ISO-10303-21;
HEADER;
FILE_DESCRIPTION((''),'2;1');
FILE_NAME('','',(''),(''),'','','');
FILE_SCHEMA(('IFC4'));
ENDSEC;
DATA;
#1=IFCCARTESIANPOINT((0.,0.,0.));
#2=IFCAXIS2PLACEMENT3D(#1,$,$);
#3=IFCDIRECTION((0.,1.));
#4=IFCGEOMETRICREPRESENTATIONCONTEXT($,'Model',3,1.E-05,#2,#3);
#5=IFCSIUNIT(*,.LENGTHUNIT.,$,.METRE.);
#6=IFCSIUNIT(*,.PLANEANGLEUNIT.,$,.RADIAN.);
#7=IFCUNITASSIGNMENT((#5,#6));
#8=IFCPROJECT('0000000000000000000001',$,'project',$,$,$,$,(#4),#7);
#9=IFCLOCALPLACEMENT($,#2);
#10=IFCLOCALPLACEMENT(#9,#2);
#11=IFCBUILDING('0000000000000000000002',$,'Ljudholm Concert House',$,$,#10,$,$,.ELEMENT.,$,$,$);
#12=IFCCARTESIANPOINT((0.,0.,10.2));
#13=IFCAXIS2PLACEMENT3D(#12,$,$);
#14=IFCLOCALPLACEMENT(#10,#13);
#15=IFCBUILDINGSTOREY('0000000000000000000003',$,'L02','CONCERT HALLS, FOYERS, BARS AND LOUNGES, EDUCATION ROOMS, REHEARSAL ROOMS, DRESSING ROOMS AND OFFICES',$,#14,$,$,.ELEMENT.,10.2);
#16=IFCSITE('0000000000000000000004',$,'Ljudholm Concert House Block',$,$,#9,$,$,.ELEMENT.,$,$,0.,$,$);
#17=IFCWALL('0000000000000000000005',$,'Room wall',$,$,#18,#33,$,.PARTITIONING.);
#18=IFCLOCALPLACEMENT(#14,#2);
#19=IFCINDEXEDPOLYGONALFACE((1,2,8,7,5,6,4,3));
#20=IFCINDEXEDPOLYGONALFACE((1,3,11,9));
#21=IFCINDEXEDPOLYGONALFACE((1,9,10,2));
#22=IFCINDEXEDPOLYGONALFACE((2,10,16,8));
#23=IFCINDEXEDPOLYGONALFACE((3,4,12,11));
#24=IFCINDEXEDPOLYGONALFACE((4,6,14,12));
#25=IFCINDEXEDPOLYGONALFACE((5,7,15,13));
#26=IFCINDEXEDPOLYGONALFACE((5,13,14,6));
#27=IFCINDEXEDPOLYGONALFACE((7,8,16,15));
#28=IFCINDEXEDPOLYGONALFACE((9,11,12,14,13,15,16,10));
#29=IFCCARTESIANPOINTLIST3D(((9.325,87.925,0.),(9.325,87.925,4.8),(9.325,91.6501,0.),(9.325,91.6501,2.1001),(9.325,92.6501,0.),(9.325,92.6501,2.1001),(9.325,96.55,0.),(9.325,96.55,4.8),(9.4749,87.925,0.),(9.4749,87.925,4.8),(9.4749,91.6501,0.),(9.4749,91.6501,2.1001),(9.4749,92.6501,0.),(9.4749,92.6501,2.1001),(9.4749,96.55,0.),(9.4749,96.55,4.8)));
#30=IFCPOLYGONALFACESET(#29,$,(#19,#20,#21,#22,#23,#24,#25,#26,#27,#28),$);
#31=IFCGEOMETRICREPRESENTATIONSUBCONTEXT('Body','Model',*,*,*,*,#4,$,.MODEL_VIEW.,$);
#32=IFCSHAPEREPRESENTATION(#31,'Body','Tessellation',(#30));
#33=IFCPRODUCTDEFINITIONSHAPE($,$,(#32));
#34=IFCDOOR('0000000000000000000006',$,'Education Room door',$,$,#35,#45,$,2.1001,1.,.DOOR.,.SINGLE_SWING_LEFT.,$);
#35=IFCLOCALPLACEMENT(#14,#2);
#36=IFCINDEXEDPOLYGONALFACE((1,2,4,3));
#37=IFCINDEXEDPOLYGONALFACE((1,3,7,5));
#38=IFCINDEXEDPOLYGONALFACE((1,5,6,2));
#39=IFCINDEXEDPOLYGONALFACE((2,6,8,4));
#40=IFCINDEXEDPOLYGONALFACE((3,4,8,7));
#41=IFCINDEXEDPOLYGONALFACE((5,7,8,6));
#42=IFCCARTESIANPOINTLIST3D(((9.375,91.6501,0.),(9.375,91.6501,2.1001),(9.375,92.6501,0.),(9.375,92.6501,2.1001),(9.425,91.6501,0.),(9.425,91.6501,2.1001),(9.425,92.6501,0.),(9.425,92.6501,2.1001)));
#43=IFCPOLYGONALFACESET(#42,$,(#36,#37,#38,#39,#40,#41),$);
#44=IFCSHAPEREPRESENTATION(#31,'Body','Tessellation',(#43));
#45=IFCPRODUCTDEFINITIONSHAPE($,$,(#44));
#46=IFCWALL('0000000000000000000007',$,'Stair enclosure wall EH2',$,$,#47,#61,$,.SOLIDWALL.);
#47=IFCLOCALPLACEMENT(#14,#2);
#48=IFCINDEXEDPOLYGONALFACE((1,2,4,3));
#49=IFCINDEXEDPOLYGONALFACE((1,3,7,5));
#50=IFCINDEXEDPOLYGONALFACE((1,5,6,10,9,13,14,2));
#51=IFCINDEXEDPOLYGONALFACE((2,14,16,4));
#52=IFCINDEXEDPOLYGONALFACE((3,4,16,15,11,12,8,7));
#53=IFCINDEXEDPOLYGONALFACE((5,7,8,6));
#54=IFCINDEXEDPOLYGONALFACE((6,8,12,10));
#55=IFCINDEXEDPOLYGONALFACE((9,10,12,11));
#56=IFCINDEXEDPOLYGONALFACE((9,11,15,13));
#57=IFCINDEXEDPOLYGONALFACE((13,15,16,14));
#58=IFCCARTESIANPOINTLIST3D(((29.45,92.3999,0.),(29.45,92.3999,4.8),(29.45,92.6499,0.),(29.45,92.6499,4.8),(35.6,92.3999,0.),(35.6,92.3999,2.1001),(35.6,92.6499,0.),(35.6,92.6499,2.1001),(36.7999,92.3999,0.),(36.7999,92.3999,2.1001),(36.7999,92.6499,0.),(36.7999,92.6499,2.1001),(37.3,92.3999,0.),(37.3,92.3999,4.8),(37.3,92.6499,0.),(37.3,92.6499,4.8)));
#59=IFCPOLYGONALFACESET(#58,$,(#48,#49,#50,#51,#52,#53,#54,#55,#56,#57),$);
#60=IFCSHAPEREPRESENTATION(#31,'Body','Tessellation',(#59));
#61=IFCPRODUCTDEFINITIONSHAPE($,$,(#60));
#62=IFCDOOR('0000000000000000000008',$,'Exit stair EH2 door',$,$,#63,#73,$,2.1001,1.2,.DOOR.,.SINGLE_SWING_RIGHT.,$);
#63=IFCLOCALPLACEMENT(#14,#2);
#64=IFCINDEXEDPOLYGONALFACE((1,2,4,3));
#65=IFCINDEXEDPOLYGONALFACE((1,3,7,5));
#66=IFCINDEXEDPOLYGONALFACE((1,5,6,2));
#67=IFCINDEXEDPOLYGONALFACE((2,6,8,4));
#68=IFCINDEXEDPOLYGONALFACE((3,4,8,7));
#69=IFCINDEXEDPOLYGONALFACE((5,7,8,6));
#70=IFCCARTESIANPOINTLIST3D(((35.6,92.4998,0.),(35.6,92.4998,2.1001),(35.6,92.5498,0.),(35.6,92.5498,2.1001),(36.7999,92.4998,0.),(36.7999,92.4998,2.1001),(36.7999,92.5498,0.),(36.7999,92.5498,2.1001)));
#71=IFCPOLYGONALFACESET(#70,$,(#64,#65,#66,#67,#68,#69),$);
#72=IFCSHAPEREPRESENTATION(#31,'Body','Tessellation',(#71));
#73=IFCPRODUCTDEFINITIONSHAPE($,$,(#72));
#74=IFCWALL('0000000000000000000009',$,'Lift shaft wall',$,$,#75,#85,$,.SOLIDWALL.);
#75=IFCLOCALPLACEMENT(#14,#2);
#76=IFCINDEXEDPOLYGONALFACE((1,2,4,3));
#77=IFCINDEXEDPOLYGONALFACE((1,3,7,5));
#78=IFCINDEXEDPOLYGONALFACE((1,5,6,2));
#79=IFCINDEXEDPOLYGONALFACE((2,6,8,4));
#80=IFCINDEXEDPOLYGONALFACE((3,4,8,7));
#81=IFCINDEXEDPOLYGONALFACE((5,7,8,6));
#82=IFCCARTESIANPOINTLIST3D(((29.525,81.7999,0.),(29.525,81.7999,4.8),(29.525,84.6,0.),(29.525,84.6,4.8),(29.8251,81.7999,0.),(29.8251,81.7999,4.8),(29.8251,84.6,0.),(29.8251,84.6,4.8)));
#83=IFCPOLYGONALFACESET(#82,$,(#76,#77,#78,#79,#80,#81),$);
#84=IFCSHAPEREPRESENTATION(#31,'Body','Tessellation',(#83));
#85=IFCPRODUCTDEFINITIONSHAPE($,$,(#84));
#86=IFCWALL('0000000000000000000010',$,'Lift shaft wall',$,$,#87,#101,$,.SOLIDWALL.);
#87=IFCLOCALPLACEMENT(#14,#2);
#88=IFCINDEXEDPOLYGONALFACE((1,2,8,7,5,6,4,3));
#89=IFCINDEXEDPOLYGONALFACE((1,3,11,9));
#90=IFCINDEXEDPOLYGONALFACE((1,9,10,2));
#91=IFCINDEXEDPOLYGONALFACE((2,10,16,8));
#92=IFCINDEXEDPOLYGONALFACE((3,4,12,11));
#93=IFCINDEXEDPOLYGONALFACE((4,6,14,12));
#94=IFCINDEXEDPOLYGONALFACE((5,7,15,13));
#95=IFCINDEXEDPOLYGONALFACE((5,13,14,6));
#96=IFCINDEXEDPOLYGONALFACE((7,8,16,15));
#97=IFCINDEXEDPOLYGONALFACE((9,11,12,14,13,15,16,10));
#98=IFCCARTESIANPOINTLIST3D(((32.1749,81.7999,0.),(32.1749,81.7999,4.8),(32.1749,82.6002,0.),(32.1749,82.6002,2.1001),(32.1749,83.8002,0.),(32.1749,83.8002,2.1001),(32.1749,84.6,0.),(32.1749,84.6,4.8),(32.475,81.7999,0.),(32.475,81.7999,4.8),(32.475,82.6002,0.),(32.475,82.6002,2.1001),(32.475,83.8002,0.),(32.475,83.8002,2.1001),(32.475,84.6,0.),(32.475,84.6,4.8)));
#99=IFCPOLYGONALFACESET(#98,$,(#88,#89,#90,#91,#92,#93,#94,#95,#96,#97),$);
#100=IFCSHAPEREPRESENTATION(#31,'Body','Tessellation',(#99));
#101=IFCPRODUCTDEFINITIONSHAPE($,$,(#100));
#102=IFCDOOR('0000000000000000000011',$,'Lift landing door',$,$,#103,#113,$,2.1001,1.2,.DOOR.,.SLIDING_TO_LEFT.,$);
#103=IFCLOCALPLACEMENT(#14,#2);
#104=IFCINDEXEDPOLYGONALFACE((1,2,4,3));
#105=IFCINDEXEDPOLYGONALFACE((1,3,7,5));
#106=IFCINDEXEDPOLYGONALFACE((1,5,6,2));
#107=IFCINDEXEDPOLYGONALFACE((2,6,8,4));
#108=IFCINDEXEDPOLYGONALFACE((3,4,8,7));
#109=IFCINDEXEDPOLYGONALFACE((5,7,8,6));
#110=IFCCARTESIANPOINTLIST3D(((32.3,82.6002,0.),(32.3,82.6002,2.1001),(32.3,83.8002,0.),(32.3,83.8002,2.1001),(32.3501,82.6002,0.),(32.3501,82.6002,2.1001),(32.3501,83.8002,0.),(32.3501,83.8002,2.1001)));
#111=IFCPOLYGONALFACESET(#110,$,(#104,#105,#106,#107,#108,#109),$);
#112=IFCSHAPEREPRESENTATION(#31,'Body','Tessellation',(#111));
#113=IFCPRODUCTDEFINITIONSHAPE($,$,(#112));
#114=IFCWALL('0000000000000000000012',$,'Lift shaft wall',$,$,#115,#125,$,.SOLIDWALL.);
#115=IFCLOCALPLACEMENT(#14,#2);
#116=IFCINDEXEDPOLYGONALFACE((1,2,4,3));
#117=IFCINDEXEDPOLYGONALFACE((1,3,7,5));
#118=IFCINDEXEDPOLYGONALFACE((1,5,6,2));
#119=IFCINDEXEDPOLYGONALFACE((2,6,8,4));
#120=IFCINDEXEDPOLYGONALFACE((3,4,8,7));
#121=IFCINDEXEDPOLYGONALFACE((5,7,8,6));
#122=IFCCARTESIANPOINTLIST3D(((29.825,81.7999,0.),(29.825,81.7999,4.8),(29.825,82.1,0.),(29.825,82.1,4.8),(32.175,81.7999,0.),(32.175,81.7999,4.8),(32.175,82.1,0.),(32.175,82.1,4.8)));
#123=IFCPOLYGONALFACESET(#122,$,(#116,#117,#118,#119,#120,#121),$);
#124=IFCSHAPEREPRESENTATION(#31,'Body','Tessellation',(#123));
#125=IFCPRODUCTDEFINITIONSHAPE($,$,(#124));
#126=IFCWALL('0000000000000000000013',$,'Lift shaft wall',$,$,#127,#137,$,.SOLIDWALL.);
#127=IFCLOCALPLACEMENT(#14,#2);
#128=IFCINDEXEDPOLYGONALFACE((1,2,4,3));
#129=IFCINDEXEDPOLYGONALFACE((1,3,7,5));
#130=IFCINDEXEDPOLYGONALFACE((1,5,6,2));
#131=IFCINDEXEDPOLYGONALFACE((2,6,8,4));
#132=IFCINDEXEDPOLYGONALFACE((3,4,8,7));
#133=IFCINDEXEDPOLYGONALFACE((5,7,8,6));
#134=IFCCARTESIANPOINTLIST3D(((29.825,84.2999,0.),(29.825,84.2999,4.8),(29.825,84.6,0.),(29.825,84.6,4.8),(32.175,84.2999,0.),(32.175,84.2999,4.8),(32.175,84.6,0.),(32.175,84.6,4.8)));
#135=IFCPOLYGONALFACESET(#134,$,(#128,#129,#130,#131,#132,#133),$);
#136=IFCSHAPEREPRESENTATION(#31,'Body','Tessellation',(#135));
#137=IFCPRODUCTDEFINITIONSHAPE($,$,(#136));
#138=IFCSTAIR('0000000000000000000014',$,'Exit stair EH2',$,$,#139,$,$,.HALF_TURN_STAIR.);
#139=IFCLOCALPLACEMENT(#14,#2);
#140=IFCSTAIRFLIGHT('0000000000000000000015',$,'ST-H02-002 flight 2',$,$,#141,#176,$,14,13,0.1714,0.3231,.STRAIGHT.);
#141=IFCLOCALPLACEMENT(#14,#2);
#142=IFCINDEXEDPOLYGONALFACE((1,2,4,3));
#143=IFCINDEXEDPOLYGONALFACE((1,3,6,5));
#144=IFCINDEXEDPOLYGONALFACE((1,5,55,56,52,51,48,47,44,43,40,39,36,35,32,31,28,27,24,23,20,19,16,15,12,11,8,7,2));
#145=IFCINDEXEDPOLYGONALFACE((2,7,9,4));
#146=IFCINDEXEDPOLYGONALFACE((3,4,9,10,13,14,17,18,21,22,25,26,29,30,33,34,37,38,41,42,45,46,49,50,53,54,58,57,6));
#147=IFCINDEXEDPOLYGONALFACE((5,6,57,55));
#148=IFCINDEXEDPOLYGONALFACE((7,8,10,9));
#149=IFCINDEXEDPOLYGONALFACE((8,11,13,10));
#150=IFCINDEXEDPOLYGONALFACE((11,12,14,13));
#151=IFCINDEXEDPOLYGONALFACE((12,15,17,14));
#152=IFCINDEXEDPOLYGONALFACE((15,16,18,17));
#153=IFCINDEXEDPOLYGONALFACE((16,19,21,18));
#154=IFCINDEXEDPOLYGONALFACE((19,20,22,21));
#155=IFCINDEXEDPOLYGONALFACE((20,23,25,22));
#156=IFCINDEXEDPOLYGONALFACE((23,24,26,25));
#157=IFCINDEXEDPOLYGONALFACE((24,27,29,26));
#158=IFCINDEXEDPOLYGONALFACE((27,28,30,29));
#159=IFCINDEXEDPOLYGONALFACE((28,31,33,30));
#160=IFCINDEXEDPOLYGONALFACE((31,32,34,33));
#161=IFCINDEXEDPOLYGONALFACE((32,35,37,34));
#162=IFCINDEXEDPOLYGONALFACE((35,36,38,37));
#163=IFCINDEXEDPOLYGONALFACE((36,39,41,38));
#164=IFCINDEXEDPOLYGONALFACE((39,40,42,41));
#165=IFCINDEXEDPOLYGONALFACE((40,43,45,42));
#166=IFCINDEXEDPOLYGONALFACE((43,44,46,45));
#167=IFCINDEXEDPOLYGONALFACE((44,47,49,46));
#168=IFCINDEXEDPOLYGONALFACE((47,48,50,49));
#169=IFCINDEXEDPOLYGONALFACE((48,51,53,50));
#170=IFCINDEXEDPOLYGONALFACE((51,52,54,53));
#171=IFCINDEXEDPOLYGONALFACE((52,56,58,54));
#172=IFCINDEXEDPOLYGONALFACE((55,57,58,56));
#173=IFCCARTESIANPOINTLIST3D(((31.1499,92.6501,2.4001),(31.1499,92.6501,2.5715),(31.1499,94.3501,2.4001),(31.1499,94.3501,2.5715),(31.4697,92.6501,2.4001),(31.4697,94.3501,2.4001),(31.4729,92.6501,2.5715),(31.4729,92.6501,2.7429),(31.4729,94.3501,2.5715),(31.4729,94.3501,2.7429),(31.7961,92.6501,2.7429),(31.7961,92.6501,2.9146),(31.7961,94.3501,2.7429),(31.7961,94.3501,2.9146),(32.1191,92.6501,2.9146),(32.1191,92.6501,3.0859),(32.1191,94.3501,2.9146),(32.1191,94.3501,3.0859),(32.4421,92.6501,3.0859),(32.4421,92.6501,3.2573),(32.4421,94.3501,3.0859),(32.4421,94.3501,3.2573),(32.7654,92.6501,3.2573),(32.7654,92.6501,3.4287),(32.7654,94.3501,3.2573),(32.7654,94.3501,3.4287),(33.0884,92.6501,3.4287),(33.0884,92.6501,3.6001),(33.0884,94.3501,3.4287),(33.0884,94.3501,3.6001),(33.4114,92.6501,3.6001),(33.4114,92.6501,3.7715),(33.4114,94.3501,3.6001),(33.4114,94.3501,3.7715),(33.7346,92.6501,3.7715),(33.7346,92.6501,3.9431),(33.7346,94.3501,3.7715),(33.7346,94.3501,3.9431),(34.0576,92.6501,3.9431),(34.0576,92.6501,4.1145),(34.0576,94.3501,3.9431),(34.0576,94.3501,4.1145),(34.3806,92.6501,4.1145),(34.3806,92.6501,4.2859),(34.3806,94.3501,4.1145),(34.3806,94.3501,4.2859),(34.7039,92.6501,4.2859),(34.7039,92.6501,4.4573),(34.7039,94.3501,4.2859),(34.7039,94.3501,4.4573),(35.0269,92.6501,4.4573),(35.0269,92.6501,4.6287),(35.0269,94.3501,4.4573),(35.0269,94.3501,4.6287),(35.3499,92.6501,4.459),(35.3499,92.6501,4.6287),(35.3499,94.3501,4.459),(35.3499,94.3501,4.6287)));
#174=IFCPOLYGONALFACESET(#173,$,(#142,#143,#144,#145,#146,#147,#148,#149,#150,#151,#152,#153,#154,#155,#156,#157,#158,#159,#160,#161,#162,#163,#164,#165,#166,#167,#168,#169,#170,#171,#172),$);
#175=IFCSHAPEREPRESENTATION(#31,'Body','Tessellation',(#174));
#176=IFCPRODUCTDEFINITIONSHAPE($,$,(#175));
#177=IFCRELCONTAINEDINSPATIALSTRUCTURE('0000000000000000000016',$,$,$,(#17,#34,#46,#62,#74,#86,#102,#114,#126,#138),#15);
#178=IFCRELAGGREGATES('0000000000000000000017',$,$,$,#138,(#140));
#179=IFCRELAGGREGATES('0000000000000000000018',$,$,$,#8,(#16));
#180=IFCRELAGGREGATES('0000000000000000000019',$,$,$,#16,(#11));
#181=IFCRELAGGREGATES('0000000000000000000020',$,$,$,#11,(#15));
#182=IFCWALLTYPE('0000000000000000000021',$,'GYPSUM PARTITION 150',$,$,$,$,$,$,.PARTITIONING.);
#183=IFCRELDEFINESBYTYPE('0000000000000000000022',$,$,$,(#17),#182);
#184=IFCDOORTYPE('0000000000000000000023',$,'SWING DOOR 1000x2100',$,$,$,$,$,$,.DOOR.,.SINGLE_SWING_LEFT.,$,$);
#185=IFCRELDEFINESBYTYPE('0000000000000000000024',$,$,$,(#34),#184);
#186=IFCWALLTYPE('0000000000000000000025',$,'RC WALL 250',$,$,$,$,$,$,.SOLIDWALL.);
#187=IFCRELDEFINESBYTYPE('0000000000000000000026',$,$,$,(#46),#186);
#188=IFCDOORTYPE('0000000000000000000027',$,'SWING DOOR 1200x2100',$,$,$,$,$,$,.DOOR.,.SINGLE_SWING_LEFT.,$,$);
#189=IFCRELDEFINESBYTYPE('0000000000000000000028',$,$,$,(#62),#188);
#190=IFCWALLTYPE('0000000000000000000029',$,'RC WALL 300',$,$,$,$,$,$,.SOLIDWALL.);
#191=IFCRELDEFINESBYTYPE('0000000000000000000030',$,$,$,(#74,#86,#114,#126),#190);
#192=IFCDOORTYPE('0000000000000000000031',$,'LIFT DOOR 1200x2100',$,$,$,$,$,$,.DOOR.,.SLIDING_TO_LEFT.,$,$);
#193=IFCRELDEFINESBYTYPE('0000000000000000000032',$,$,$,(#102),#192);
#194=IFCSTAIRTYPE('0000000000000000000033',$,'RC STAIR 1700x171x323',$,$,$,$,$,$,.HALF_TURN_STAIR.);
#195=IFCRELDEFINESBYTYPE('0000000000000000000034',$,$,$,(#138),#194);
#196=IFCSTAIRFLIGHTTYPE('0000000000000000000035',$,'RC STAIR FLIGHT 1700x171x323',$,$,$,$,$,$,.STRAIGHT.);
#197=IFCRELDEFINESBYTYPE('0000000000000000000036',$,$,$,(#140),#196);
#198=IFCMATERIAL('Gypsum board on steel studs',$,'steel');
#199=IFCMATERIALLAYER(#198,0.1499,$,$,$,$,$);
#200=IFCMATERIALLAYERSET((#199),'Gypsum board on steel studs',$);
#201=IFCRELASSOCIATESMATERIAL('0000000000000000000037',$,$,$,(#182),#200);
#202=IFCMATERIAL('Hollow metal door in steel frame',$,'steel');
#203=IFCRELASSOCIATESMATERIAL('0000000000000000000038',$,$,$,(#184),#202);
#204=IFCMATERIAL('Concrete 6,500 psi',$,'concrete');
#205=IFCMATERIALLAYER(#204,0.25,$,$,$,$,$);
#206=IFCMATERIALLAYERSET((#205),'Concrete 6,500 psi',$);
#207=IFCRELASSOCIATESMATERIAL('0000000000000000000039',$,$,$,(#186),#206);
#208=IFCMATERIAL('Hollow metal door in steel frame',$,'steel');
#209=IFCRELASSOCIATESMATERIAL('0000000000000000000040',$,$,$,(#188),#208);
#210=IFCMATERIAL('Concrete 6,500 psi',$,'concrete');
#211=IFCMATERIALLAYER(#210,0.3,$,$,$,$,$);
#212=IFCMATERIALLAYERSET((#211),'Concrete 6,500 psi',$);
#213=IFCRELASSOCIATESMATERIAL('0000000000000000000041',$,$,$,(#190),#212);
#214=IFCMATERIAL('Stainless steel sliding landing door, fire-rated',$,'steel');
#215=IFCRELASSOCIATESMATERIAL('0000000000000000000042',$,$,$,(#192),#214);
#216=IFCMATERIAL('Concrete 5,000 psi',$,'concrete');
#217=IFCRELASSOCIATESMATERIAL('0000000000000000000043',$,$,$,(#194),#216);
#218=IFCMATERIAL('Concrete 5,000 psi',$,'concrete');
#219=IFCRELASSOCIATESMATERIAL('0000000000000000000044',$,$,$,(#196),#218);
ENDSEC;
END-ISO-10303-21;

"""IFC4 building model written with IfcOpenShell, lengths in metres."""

from ifc_helpers import new_model, si_unit, direction, frame, frame_2d, origin, place, context, subcontext, project, spatial, polyline, rectangle, outline, extrude, material, layer, layer_set, type_object, element, fill, aggregate, save


model = new_model("IFC4")

# Units and contexts
model_context = context("Model", 3, precision=1e-05, world=origin(), true_north=direction((0.0, 1.0)))
body_context = subcontext(model_context, "Body", "Model", "MODEL_VIEW")
ifc_project = project(units=[si_unit("LENGTHUNIT", "METRE"), si_unit("PLANEANGLEUNIT", "RADIAN")], contexts=[model_context])

# Site, building, storey
site_placement = place(None, origin())
site = spatial("IfcSite", under=ifc_project, at=site_placement, Name="Ljudholm Concert House Block", CompositionType="ELEMENT", RefElevation=0.0)
building_placement = place(site_placement, origin())
building = spatial("IfcBuilding", under=site, at=building_placement, Name="Ljudholm Concert House", CompositionType="ELEMENT")
storey_placement = place(building_placement, frame((0.0, 0.0, 10.2)))
storey = spatial("IfcBuildingStorey", under=building, at=storey_placement, Name="L02", Description="CONCERT HALLS, FOYERS, BARS AND LOUNGES, EDUCATION ROOMS, REHEARSAL ROOMS, DRESSING ROOMS AND OFFICES", CompositionType="ELEMENT", Elevation=10.2)

# Walls, openings, doors
ifc_material_1 = material(Name="Gypsum board on steel studs", Category="steel")
ifc_layer_1 = layer(ifc_material_1, 0.1499)
ifc_layer_set_1 = layer_set([ifc_layer_1], Name="Gypsum board on steel studs")
wall_type_1 = type_object("IfcWallType", Name="GYPSUM PARTITION 150", PredefinedType="PARTITIONING", material=ifc_layer_set_1)
wall_1_placement = place(storey_placement, frame((9.3999, 87.925, 0.0), z_axis=(0.0, 0.0, 1.0), x_axis=(0.0, 1.0, 0.0)))
wall_1 = element("IfcWall", 1, at=wall_1_placement, inside=storey, type_object=wall_type_1, Name="Room wall", PredefinedType="PARTITIONING", context=body_context, shape_type="SweptSolid", body=[
    extrude(rectangle(XDim=8.625, YDim=0.1499, at=frame_2d((4.3125, 0.0))), origin(), (0.0, 0.0, 1.0), 4.8),
])
opening_1_placement = place(wall_1_placement, frame((3.7251, 0.0, 0.0)))
opening_1 = element("IfcOpeningElement", 2, at=opening_1_placement, cuts=wall_1, PredefinedType="OPENING", context=body_context, shape_type="SweptSolid", body=[
    extrude(rectangle(XDim=1.0, YDim=2.1001, at=frame_2d((0.5, 1.05))), frame((0.0, 0.085, 0.0), z_axis=(0.0, -1.0, 0.0), x_axis=(1.0, 0.0, 0.0)), (0.0, 0.0, 1.0), 0.1699),
])
ifc_material_2 = material(Name="Hollow metal door in steel frame", Category="steel")
door_type_1 = type_object("IfcDoorType", Name="SWING DOOR 1000x2100", OperationType="SINGLE_SWING_LEFT", PredefinedType="DOOR", material=ifc_material_2)
door_1_placement = place(opening_1_placement, origin())
door_1 = element("IfcDoor", 3, at=door_1_placement, inside=storey, type_object=door_type_1, Name="Education Room door", OperationType="SINGLE_SWING_LEFT", OverallHeight=2.1001, OverallWidth=1.0, PredefinedType="DOOR", context=body_context, shape_type="SweptSolid", body=[
    extrude(rectangle(XDim=1.0, YDim=2.1001, at=frame_2d((0.5, 1.05))), frame((0.0, 0.0249, 0.0), z_axis=(0.0, -1.0, 0.0), x_axis=(1.0, 0.0, 0.0)), (0.0, 0.0, 1.0), 0.05),
])
fill(opening_1, door_1)
ifc_material_3 = material(Name="Concrete 6,500 psi", Category="concrete")
ifc_layer_2 = layer(ifc_material_3, 0.25)
ifc_layer_set_2 = layer_set([ifc_layer_2], Name="Concrete 6,500 psi")
wall_type_2 = type_object("IfcWallType", Name="RC WALL 250", PredefinedType="SOLIDWALL", material=ifc_layer_set_2)
wall_2_placement = place(storey_placement, frame((29.45, 92.5249, 0.0), z_axis=(0.0, 0.0, 1.0), x_axis=(1.0, 0.0, 0.0)))
wall_2 = element("IfcWall", 4, at=wall_2_placement, inside=storey, type_object=wall_type_2, Name="Stair enclosure wall EH2", PredefinedType="SOLIDWALL", context=body_context, shape_type="SweptSolid", body=[
    extrude(rectangle(XDim=7.8501, YDim=0.25, at=frame_2d((3.925, 0.0))), origin(), (0.0, 0.0, 1.0), 4.8),
])
opening_2_placement = place(wall_2_placement, frame((6.1499, 0.0, 0.0)))
opening_2 = element("IfcOpeningElement", 5, at=opening_2_placement, cuts=wall_2, PredefinedType="OPENING", context=body_context, shape_type="SweptSolid", body=[
    extrude(rectangle(XDim=1.2, YDim=2.1001, at=frame_2d((0.6001, 1.05))), frame((0.0, 0.135, 0.0), z_axis=(0.0, -1.0, 0.0), x_axis=(1.0, 0.0, 0.0)), (0.0, 0.0, 1.0), 0.27),
])
ifc_material_4 = material(Name="Hollow metal door in steel frame", Category="steel")
door_type_2 = type_object("IfcDoorType", Name="SWING DOOR 1200x2100", OperationType="SINGLE_SWING_LEFT", PredefinedType="DOOR", material=ifc_material_4)
door_2_placement = place(opening_2_placement, origin())
door_2 = element("IfcDoor", 6, at=door_2_placement, inside=storey, type_object=door_type_2, Name="Exit stair EH2 door", OperationType="SINGLE_SWING_RIGHT", OverallHeight=2.1001, OverallWidth=1.2, PredefinedType="DOOR", context=body_context, shape_type="SweptSolid", body=[
    extrude(rectangle(XDim=1.2, YDim=2.1001, at=frame_2d((0.6001, 1.05))), frame((0.0, 0.0249, 0.0), z_axis=(0.0, -1.0, 0.0), x_axis=(1.0, 0.0, 0.0)), (0.0, 0.0, 1.0), 0.05),
])
fill(opening_2, door_2)

# Wall
ifc_material_5 = material(Name="Concrete 6,500 psi", Category="concrete")
ifc_layer_3 = layer(ifc_material_5, 0.3)
ifc_layer_set_3 = layer_set([ifc_layer_3], Name="Concrete 6,500 psi")
wall_type_3 = type_object("IfcWallType", Name="RC WALL 300", PredefinedType="SOLIDWALL", material=ifc_layer_set_3)
wall_3_placement = place(storey_placement, frame((29.675, 81.8, 0.0), z_axis=(0.0, 0.0, 1.0), x_axis=(0.0, 1.0, 0.0)))
element("IfcWall", 7, at=wall_3_placement, inside=storey, type_object=wall_type_3, Name="Lift shaft wall", PredefinedType="SOLIDWALL", context=body_context, shape_type="SweptSolid", body=[
    extrude(rectangle(XDim=2.8, YDim=0.3, at=frame_2d((1.3999, 0.0))), origin(), (0.0, 0.0, 1.0), 4.8),
])

# Wall, opening, door
wall_4_placement = place(storey_placement, frame((32.325, 81.8, 0.0), z_axis=(0.0, 0.0, 1.0), x_axis=(0.0, 1.0, 0.0)))
wall_4 = element("IfcWall", 8, at=wall_4_placement, inside=storey, type_object=wall_type_3, Name="Lift shaft wall", PredefinedType="SOLIDWALL", context=body_context, shape_type="SweptSolid", body=[
    extrude(rectangle(XDim=2.8, YDim=0.3, at=frame_2d((1.3999, 0.0))), origin(), (0.0, 0.0, 1.0), 4.8),
])
opening_3_placement = place(wall_4_placement, frame((0.8, 0.0, 0.0)))
opening_3 = element("IfcOpeningElement", 9, at=opening_3_placement, cuts=wall_4, PredefinedType="OPENING", context=body_context, shape_type="SweptSolid", body=[
    extrude(rectangle(XDim=1.2, YDim=2.1001, at=frame_2d((0.6001, 1.05))), frame((0.0, 0.1599, 0.0), z_axis=(0.0, -1.0, 0.0), x_axis=(1.0, 0.0, 0.0)), (0.0, 0.0, 1.0), 0.3201),
])
ifc_material_6 = material(Name="Stainless steel sliding landing door, fire-rated", Category="steel")
door_type_3 = type_object("IfcDoorType", Name="LIFT DOOR 1200x2100", OperationType="SLIDING_TO_LEFT", PredefinedType="DOOR", material=ifc_material_6)
door_3_placement = place(opening_3_placement, origin())
door_3 = element("IfcDoor", 10, at=door_3_placement, inside=storey, type_object=door_type_3, Name="Lift landing door", OperationType="SLIDING_TO_LEFT", OverallHeight=2.1001, OverallWidth=1.2, PredefinedType="DOOR", context=body_context, shape_type="SweptSolid", body=[
    extrude(rectangle(XDim=1.2, YDim=2.1001, at=frame_2d((0.6001, 1.05))), frame((0.0, 0.0249, 0.0), z_axis=(0.0, -1.0, 0.0), x_axis=(1.0, 0.0, 0.0)), (0.0, 0.0, 1.0), 0.05),
])
fill(opening_3, door_3)

# Walls
for number, where, z_axis, x_axis, name in (
    (11, (29.825, 81.95, 0.0), (0.0, 0.0, 1.0), (1.0, 0.0, 0.0), "Lift shaft wall"),
    (12, (29.825, 84.45, 0.0), (0.0, 0.0, 1.0), (1.0, 0.0, 0.0), "Lift shaft wall"),
):
    element("IfcWall", number, at=place(storey_placement, frame(where, z_axis=z_axis, x_axis=x_axis)), inside=storey, type_object=wall_type_3, Name=name, PredefinedType="SOLIDWALL", context=body_context, shape_type="SweptSolid", body=[
        extrude(rectangle(XDim=2.3501, YDim=0.3, at=frame_2d((1.175, 0.0))), origin(), (0.0, 0.0, 1.0), 4.8),
    ])

# Stair, stair flight
ifc_material_7 = material(Name="Concrete 5,000 psi", Category="concrete")
stair_type = type_object("IfcStairType", Name="RC STAIR 1700x171x323", PredefinedType="HALF_TURN_STAIR", material=ifc_material_7)
stair_placement = place(storey_placement, origin())
stair = element("IfcStair", 13, at=stair_placement, inside=storey, type_object=stair_type, Name="Exit stair EH2", PredefinedType="HALF_TURN_STAIR")
ifc_material_8 = material(Name="Concrete 5,000 psi", Category="concrete")
stair_flight_type = type_object("IfcStairFlightType", Name="RC STAIR FLIGHT 1700x171x323", PredefinedType="STRAIGHT", material=ifc_material_8)
stair_flight_placement = place(storey_placement, frame((31.1499, 93.5, 2.4001), z_axis=(0.0, 0.0, 1.0), x_axis=(1.0, 0.0, 0.0)))
stair_flight = element("IfcStairFlight", 14, at=stair_flight_placement, type_object=stair_flight_type, Name="ST-H02-002 flight 2", NumberOfRisers=14, NumberOfTreads=13, PredefinedType="STRAIGHT", RiserHeight=0.1714, TreadLength=0.3231, context=body_context, shape_type="SweptSolid", body=[
    extrude(outline(polyline([(0.0, 0.0), (0.0, 0.1714), (0.323, 0.1714), (0.323, 0.3428), (0.6462, 0.3428), (0.6462, 0.5144), (0.9692, 0.5144), (0.9692, 0.6858), (1.2922, 0.6858), (1.2922, 0.8572), (1.6155, 0.8572), (1.6155, 1.0286), (1.9385, 1.0286), (1.9385, 1.2), (2.2615, 1.2), (2.2615, 1.3713), (2.5847, 1.3713), (2.5847, 1.543), (2.9077, 1.543), (2.9077, 1.7144), (3.2307, 1.7144), (3.2307, 1.8857), (3.554, 1.8857), (3.554, 2.0571), (3.877, 2.0571), (3.877, 2.2285), (4.2, 2.2285), (4.2, 2.3999), (4.2, 2.0588), (0.3198, 0.0), (0.0, 0.0)])), frame((0.0, 0.8501, 0.0), z_axis=(0.0, -1.0, 0.0), x_axis=(1.0, 0.0, 0.0)), (0.0, 0.0, 1.0), 1.7),
])
aggregate(stair, [stair_flight])

save(model, "model.ifc")
